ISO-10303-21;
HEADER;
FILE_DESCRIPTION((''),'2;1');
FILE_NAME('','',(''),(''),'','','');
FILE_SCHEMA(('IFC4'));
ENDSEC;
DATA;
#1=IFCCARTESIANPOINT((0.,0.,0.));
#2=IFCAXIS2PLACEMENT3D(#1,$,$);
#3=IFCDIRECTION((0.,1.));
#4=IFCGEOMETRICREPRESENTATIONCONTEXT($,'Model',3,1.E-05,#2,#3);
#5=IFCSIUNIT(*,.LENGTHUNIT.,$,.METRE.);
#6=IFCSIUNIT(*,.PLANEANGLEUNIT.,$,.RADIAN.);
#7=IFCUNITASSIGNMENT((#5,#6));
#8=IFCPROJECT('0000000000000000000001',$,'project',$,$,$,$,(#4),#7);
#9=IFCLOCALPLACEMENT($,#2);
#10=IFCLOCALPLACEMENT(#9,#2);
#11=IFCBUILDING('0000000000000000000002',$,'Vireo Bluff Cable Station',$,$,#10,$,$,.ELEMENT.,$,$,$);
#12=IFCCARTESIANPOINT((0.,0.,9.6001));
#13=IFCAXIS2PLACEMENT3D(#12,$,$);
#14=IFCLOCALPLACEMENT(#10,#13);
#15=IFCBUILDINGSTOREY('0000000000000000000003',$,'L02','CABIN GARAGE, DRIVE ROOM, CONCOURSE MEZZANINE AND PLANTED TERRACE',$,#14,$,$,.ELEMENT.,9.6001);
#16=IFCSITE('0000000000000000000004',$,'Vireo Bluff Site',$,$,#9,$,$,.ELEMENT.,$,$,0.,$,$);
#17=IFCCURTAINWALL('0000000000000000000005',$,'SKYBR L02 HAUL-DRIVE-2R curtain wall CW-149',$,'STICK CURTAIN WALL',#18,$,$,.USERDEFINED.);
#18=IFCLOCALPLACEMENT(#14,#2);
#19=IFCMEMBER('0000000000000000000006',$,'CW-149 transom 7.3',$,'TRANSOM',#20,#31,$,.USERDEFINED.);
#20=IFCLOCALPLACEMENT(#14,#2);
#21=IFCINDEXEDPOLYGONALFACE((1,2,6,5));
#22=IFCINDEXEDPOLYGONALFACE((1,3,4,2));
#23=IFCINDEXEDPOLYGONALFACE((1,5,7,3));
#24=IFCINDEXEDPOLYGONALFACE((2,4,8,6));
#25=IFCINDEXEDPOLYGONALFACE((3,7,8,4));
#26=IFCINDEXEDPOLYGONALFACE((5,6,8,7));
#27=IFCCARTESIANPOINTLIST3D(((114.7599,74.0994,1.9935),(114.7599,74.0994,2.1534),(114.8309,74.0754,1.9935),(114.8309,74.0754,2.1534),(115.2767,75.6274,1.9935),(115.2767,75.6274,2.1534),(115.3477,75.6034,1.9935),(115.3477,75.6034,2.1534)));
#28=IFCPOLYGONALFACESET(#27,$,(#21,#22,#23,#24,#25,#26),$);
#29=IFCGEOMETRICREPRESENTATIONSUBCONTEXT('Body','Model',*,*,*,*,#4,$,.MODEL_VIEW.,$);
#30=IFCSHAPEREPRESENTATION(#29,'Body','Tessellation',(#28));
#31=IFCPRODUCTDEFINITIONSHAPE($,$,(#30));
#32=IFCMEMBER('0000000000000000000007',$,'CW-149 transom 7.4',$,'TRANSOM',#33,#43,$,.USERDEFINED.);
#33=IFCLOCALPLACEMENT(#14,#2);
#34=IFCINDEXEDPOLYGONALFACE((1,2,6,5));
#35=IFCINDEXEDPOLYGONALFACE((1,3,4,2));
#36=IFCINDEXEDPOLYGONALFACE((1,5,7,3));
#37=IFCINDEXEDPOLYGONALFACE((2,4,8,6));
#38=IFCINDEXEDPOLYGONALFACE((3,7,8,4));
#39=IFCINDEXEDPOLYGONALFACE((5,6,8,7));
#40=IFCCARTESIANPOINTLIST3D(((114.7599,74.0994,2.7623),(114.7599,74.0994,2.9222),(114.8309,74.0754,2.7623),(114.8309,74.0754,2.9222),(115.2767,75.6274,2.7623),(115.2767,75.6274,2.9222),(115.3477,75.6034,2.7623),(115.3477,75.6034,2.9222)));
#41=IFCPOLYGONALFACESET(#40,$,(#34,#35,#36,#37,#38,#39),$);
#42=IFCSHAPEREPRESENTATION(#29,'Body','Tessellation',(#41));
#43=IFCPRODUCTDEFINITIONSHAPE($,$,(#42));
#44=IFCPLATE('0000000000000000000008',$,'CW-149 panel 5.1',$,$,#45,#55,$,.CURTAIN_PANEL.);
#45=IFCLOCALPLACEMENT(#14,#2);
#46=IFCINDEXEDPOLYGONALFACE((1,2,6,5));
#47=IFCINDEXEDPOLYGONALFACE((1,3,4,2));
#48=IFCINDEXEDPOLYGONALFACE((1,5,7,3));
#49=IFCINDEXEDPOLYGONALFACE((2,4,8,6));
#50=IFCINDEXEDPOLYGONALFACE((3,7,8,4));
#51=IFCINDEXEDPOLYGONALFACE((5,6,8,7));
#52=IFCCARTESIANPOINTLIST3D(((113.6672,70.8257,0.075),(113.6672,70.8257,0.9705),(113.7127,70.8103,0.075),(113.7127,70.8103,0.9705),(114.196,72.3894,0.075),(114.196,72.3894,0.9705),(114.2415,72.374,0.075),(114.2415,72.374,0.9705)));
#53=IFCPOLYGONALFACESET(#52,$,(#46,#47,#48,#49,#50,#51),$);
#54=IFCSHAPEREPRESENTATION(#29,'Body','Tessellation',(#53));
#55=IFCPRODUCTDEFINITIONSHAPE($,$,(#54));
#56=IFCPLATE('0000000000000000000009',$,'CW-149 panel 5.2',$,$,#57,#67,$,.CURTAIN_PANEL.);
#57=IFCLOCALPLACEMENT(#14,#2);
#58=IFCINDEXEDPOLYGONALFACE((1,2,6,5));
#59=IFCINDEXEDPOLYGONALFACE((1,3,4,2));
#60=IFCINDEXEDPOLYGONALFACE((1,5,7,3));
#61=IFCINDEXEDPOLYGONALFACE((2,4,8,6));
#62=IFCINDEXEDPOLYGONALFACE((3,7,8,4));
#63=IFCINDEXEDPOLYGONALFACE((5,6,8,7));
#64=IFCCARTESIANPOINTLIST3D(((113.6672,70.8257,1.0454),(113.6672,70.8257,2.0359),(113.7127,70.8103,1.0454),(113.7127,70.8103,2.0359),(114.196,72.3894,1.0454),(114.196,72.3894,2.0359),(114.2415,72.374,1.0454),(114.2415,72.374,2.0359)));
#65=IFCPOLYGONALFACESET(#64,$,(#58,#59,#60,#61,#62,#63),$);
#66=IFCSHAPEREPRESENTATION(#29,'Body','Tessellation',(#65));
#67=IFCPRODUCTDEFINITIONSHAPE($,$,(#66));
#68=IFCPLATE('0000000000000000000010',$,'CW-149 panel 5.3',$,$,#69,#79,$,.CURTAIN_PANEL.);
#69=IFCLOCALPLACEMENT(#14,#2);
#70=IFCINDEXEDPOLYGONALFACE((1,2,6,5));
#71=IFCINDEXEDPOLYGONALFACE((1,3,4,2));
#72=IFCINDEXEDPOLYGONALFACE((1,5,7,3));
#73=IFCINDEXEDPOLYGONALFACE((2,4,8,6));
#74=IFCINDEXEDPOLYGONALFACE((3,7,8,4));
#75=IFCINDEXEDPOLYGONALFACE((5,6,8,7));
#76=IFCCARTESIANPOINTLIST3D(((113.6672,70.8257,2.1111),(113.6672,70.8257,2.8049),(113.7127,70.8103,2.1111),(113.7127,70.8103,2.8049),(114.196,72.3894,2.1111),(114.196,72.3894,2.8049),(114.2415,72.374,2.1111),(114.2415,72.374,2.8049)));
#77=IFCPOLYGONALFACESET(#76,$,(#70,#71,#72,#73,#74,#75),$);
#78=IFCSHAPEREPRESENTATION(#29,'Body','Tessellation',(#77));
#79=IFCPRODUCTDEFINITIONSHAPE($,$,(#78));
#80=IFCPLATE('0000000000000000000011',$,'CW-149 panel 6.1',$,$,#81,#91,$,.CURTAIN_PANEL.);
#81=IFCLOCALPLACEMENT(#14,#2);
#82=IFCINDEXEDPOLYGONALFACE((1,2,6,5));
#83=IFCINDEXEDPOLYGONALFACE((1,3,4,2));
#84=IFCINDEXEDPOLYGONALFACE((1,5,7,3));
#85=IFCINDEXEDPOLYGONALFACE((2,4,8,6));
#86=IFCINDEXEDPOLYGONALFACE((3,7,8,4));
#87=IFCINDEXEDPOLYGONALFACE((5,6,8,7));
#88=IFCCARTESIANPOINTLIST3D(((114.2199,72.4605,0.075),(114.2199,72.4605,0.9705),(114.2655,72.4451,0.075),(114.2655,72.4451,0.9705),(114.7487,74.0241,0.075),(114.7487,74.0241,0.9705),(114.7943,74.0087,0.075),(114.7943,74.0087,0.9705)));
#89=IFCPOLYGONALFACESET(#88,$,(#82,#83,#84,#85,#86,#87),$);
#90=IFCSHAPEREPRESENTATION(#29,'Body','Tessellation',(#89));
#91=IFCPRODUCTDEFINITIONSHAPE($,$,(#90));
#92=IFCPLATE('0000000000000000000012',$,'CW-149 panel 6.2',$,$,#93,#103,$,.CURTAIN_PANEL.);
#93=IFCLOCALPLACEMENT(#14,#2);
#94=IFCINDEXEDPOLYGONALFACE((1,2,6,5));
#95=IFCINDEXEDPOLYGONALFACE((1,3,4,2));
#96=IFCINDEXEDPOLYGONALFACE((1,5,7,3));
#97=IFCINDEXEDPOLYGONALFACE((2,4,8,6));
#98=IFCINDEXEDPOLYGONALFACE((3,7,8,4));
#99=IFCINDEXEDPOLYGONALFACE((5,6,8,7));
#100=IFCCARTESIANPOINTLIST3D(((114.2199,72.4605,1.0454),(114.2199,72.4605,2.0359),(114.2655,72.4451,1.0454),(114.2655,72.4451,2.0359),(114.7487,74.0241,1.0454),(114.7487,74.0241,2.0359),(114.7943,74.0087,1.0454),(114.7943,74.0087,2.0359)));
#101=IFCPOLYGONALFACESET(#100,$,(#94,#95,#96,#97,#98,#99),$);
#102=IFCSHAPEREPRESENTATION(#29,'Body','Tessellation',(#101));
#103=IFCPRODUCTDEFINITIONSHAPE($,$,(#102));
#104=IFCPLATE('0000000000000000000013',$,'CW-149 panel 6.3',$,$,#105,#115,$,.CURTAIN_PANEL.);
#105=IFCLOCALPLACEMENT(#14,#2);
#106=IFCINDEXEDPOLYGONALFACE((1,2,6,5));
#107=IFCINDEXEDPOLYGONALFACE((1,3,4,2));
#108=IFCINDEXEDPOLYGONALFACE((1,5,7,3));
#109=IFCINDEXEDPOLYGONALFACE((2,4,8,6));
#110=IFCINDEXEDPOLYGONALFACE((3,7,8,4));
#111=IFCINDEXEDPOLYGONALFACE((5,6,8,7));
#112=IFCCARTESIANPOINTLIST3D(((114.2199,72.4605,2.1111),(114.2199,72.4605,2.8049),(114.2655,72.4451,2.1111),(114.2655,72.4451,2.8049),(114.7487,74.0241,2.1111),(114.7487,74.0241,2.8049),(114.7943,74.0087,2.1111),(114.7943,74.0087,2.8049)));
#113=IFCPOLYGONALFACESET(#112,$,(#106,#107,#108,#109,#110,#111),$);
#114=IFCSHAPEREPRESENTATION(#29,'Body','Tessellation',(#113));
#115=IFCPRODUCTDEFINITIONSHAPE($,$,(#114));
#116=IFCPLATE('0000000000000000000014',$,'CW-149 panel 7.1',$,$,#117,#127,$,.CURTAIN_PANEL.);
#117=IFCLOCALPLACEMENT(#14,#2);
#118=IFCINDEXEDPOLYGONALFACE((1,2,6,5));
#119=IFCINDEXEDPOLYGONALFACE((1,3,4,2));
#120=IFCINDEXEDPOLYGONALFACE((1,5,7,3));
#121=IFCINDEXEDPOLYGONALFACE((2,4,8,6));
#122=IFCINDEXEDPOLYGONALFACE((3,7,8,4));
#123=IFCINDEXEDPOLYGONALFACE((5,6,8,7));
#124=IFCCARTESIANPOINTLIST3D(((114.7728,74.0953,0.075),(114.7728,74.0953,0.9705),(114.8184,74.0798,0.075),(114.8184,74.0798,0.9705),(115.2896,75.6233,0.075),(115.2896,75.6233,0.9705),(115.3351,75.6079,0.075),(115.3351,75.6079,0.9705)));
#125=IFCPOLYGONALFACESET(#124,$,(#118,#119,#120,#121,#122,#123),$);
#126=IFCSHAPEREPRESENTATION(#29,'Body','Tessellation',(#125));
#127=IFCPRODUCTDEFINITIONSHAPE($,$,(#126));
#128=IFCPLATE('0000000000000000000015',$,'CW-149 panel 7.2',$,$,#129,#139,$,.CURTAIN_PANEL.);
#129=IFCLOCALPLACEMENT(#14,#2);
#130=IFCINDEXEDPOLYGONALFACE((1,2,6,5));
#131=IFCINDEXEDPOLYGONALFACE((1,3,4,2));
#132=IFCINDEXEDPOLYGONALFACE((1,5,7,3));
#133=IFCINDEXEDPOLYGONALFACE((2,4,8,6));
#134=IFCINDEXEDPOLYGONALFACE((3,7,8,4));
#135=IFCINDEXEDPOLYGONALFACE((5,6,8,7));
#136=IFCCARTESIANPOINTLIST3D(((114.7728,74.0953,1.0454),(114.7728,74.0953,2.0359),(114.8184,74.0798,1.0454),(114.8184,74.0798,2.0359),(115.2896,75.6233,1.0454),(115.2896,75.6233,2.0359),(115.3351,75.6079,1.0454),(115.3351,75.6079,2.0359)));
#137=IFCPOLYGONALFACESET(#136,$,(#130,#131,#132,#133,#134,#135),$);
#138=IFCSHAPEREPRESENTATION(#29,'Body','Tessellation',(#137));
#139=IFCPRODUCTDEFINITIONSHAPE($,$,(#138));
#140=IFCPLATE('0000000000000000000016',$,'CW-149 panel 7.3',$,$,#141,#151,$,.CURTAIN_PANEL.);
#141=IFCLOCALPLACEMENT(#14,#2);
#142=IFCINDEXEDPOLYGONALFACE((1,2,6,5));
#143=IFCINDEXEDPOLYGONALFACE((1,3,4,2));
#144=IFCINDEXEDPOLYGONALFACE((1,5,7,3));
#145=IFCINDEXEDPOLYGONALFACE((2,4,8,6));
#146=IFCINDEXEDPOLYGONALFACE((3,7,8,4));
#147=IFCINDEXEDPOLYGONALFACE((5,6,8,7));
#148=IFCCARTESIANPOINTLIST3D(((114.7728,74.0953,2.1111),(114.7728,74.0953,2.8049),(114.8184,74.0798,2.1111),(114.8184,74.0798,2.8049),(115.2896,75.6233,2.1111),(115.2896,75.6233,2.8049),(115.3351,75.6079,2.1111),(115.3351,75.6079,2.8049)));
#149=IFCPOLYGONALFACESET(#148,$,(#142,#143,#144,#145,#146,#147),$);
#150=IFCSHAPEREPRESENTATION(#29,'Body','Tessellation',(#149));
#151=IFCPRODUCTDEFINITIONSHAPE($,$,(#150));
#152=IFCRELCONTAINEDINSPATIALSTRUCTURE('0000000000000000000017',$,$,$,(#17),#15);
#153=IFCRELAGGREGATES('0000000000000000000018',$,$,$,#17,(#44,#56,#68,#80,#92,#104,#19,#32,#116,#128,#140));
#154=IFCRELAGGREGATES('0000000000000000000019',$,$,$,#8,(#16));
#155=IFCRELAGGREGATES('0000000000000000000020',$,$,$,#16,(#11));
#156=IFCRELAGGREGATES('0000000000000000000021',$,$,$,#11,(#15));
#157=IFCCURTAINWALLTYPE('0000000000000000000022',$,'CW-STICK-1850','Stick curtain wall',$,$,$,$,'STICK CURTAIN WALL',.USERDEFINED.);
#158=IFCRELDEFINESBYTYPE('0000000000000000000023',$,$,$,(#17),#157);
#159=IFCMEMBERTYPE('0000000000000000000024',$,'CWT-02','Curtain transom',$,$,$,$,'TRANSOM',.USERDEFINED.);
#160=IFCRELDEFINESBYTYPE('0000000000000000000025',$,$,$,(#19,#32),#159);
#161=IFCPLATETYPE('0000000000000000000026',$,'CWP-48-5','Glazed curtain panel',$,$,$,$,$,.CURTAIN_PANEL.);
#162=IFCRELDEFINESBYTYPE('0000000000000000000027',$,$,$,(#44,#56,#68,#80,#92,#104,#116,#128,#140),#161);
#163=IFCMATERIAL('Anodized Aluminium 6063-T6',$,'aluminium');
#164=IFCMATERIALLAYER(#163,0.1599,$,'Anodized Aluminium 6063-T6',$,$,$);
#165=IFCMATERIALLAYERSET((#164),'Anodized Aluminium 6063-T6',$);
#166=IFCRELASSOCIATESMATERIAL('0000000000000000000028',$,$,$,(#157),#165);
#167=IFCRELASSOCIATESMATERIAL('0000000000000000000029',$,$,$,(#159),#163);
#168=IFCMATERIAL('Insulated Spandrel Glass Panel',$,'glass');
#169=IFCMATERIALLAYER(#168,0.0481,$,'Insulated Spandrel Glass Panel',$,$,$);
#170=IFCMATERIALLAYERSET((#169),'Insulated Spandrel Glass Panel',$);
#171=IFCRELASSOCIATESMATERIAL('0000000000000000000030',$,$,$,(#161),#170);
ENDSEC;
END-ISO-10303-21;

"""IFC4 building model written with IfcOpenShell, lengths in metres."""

from ifc_helpers import new_model, si_unit, direction, frame, origin, origin_2d, place, context, subcontext, project, spatial, rectangle, extrude, material, layer, layer_set, material_profile, profile_set, type_object, element, aggregate, save


model = new_model("IFC4")

# Units and contexts
model_context = context("Model", 3, precision=1e-05, world=origin(), true_north=direction((0.0, 1.0)))
body_context = subcontext(model_context, "Body", "Model", "MODEL_VIEW")
ifc_project = project(units=[si_unit("LENGTHUNIT", "METRE"), si_unit("PLANEANGLEUNIT", "RADIAN")], contexts=[model_context])

# Site, building, storey
site_placement = place(None, origin())
site = spatial("IfcSite", under=ifc_project, at=site_placement, Name="Vireo Bluff Site", CompositionType="ELEMENT", RefElevation=0.0)
building_placement = place(site_placement, origin())
building = spatial("IfcBuilding", under=site, at=building_placement, Name="Vireo Bluff Cable Station", CompositionType="ELEMENT")
storey_placement = place(building_placement, frame((0.0, 0.0, 9.6001)))
storey = spatial("IfcBuildingStorey", under=building, at=storey_placement, Name="L02", Description="CABIN GARAGE, DRIVE ROOM, CONCOURSE MEZZANINE AND PLANTED TERRACE", CompositionType="ELEMENT", Elevation=9.6001)

# Shared definitions
ifc_material_1 = material(Name="Anodized Aluminium 6063-T6", Category="aluminium")

# Curtain wall, members, plates
ifc_layer_1 = layer(ifc_material_1, 0.1599, Name="Anodized Aluminium 6063-T6")
ifc_layer_set_1 = layer_set([ifc_layer_1], Name="Anodized Aluminium 6063-T6")
curtain_wall_type_1 = type_object("IfcCurtainWallType", Name="CW-STICK-1850", Description="Stick curtain wall", ElementType="STICK CURTAIN WALL", PredefinedType="USERDEFINED", material=ifc_layer_set_1)
curtain_wall_1_placement = place(storey_placement, origin())
curtain_wall_1 = element("IfcCurtainWall", 1, at=curtain_wall_1_placement, inside=storey, type_object=curtain_wall_type_1, Name="SKYBR L02 HAUL-DRIVE-2R curtain wall CW-149", ObjectType="STICK CURTAIN WALL", PredefinedType="USERDEFINED")
ifc_material_profile_1 = material_profile(ifc_material_1, rectangle(XDim=0.075, YDim=0.1599, at=origin_2d()), Name="ALU-T-75X160")
ifc_profile_set_1 = profile_set([ifc_material_profile_1], Name="Anodized Aluminium 6063-T6")
member_type_1 = type_object("IfcMemberType", Name="CWT-02", Description="Curtain transom", ElementType="TRANSOM", PredefinedType="USERDEFINED", material=ifc_profile_set_1)
member_1_placement = place(storey_placement, frame((114.7954, 74.0874, 2.0735), z_axis=(0.320402, 0.947282, 0.0), x_axis=(-0.947282, 0.320402, 0.0)))
member_1 = element("IfcMember", 2, at=member_1_placement, type_object=member_type_1, Name="CW-149 transom 7.3", ObjectType="TRANSOM", PredefinedType="USERDEFINED", context=body_context, shape_type="SweptSolid", body=[
    extrude(rectangle(XDim=0.075, YDim=0.1599, at=origin_2d()), origin(), (0.0, 0.0, 1.0), 1.613),
])
member_2_placement = place(storey_placement, frame((114.7954, 74.0874, 2.8423), z_axis=(0.320402, 0.947282, 0.0), x_axis=(-0.947282, 0.320402, 0.0)))
member_2 = element("IfcMember", 3, at=member_2_placement, type_object=member_type_1, Name="CW-149 transom 7.4", ObjectType="TRANSOM", PredefinedType="USERDEFINED", context=body_context, shape_type="SweptSolid", body=[
    extrude(rectangle(XDim=0.075, YDim=0.1599, at=origin_2d()), origin(), (0.0, 0.0, 1.0), 1.613),
])
ifc_material_2 = material(Name="Insulated Spandrel Glass Panel", Category="glass")
ifc_layer_2 = layer(ifc_material_2, 0.0481, Name="Insulated Spandrel Glass Panel")
ifc_layer_set_2 = layer_set([ifc_layer_2], Name="Insulated Spandrel Glass Panel")
plate_type = type_object("IfcPlateType", Name="CWP-48-5", Description="Glazed curtain panel", PredefinedType="CURTAIN_PANEL", material=ifc_layer_set_2)
plate_1_placement = place(storey_placement, frame((113.9543, 71.5999, 0.075), z_axis=(0.0, 0.0, 1.0), x_axis=(0.320362, 0.947295, 0.0)))
plate_1 = element("IfcPlate", 4, at=plate_1_placement, type_object=plate_type, Name="CW-149 panel 5.1", PredefinedType="CURTAIN_PANEL", context=body_context, shape_type="SweptSolid", body=[
    extrude(rectangle(XDim=1.6506, YDim=0.0481, at=origin_2d()), origin(), (0.0, 0.0, 1.0), 0.8955),
])
plate_2_placement = place(storey_placement, frame((113.9543, 71.5999, 1.0454), z_axis=(0.0, 0.0, 1.0), x_axis=(0.320362, 0.947295, 0.0)))
plate_2 = element("IfcPlate", 5, at=plate_2_placement, type_object=plate_type, Name="CW-149 panel 5.2", PredefinedType="CURTAIN_PANEL", context=body_context, shape_type="SweptSolid", body=[
    extrude(rectangle(XDim=1.6506, YDim=0.0481, at=origin_2d()), origin(), (0.0, 0.0, 1.0), 0.9905),
])
plate_3_placement = place(storey_placement, frame((113.9543, 71.5999, 2.1111), z_axis=(0.0, 0.0, 1.0), x_axis=(0.320362, 0.947295, 0.0)))
plate_3 = element("IfcPlate", 6, at=plate_3_placement, type_object=plate_type, Name="CW-149 panel 5.3", PredefinedType="CURTAIN_PANEL", context=body_context, shape_type="SweptSolid", body=[
    extrude(rectangle(XDim=1.6506, YDim=0.0481, at=origin_2d()), origin(), (0.0, 0.0, 1.0), 0.6938),
])
plate_4_placement = place(storey_placement, frame((114.5071, 73.2346, 0.075), z_axis=(0.0, 0.0, 1.0), x_axis=(0.320362, 0.947295, 0.0)))
plate_4 = element("IfcPlate", 7, at=plate_4_placement, type_object=plate_type, Name="CW-149 panel 6.1", PredefinedType="CURTAIN_PANEL", context=body_context, shape_type="SweptSolid", body=[
    extrude(rectangle(XDim=1.6506, YDim=0.0481, at=origin_2d()), origin(), (0.0, 0.0, 1.0), 0.8955),
])
plate_5_placement = place(storey_placement, frame((114.5071, 73.2346, 1.0454), z_axis=(0.0, 0.0, 1.0), x_axis=(0.320362, 0.947295, 0.0)))
plate_5 = element("IfcPlate", 8, at=plate_5_placement, type_object=plate_type, Name="CW-149 panel 6.2", PredefinedType="CURTAIN_PANEL", context=body_context, shape_type="SweptSolid", body=[
    extrude(rectangle(XDim=1.6506, YDim=0.0481, at=origin_2d()), origin(), (0.0, 0.0, 1.0), 0.9905),
])
plate_6_placement = place(storey_placement, frame((114.5071, 73.2346, 2.1111), z_axis=(0.0, 0.0, 1.0), x_axis=(0.320362, 0.947295, 0.0)))
plate_6 = element("IfcPlate", 9, at=plate_6_placement, type_object=plate_type, Name="CW-149 panel 6.3", PredefinedType="CURTAIN_PANEL", context=body_context, shape_type="SweptSolid", body=[
    extrude(rectangle(XDim=1.6506, YDim=0.0481, at=origin_2d()), origin(), (0.0, 0.0, 1.0), 0.6938),
])
plate_7_placement = place(storey_placement, frame((115.054, 74.8516, 0.075), z_axis=(0.0, 0.0, 1.0), x_axis=(0.320362, 0.947295, 0.0)))
plate_7 = element("IfcPlate", 10, at=plate_7_placement, type_object=plate_type, Name="CW-149 panel 7.1", PredefinedType="CURTAIN_PANEL", context=body_context, shape_type="SweptSolid", body=[
    extrude(rectangle(XDim=1.613, YDim=0.0481, at=origin_2d()), origin(), (0.0, 0.0, 1.0), 0.8955),
])
plate_8_placement = place(storey_placement, frame((115.054, 74.8516, 1.0454), z_axis=(0.0, 0.0, 1.0), x_axis=(0.320362, 0.947295, 0.0)))
plate_8 = element("IfcPlate", 11, at=plate_8_placement, type_object=plate_type, Name="CW-149 panel 7.2", PredefinedType="CURTAIN_PANEL", context=body_context, shape_type="SweptSolid", body=[
    extrude(rectangle(XDim=1.613, YDim=0.0481, at=origin_2d()), origin(), (0.0, 0.0, 1.0), 0.9905),
])
plate_9_placement = place(storey_placement, frame((115.054, 74.8516, 2.1111), z_axis=(0.0, 0.0, 1.0), x_axis=(0.320362, 0.947295, 0.0)))
plate_9 = element("IfcPlate", 12, at=plate_9_placement, type_object=plate_type, Name="CW-149 panel 7.3", PredefinedType="CURTAIN_PANEL", context=body_context, shape_type="SweptSolid", body=[
    extrude(rectangle(XDim=1.613, YDim=0.0481, at=origin_2d()), origin(), (0.0, 0.0, 1.0), 0.6938),
])
aggregate(curtain_wall_1, [plate_1, plate_2, plate_3, plate_4, plate_5, plate_6, member_1, member_2, plate_7, plate_8, plate_9])

save(model, "model.ifc")
